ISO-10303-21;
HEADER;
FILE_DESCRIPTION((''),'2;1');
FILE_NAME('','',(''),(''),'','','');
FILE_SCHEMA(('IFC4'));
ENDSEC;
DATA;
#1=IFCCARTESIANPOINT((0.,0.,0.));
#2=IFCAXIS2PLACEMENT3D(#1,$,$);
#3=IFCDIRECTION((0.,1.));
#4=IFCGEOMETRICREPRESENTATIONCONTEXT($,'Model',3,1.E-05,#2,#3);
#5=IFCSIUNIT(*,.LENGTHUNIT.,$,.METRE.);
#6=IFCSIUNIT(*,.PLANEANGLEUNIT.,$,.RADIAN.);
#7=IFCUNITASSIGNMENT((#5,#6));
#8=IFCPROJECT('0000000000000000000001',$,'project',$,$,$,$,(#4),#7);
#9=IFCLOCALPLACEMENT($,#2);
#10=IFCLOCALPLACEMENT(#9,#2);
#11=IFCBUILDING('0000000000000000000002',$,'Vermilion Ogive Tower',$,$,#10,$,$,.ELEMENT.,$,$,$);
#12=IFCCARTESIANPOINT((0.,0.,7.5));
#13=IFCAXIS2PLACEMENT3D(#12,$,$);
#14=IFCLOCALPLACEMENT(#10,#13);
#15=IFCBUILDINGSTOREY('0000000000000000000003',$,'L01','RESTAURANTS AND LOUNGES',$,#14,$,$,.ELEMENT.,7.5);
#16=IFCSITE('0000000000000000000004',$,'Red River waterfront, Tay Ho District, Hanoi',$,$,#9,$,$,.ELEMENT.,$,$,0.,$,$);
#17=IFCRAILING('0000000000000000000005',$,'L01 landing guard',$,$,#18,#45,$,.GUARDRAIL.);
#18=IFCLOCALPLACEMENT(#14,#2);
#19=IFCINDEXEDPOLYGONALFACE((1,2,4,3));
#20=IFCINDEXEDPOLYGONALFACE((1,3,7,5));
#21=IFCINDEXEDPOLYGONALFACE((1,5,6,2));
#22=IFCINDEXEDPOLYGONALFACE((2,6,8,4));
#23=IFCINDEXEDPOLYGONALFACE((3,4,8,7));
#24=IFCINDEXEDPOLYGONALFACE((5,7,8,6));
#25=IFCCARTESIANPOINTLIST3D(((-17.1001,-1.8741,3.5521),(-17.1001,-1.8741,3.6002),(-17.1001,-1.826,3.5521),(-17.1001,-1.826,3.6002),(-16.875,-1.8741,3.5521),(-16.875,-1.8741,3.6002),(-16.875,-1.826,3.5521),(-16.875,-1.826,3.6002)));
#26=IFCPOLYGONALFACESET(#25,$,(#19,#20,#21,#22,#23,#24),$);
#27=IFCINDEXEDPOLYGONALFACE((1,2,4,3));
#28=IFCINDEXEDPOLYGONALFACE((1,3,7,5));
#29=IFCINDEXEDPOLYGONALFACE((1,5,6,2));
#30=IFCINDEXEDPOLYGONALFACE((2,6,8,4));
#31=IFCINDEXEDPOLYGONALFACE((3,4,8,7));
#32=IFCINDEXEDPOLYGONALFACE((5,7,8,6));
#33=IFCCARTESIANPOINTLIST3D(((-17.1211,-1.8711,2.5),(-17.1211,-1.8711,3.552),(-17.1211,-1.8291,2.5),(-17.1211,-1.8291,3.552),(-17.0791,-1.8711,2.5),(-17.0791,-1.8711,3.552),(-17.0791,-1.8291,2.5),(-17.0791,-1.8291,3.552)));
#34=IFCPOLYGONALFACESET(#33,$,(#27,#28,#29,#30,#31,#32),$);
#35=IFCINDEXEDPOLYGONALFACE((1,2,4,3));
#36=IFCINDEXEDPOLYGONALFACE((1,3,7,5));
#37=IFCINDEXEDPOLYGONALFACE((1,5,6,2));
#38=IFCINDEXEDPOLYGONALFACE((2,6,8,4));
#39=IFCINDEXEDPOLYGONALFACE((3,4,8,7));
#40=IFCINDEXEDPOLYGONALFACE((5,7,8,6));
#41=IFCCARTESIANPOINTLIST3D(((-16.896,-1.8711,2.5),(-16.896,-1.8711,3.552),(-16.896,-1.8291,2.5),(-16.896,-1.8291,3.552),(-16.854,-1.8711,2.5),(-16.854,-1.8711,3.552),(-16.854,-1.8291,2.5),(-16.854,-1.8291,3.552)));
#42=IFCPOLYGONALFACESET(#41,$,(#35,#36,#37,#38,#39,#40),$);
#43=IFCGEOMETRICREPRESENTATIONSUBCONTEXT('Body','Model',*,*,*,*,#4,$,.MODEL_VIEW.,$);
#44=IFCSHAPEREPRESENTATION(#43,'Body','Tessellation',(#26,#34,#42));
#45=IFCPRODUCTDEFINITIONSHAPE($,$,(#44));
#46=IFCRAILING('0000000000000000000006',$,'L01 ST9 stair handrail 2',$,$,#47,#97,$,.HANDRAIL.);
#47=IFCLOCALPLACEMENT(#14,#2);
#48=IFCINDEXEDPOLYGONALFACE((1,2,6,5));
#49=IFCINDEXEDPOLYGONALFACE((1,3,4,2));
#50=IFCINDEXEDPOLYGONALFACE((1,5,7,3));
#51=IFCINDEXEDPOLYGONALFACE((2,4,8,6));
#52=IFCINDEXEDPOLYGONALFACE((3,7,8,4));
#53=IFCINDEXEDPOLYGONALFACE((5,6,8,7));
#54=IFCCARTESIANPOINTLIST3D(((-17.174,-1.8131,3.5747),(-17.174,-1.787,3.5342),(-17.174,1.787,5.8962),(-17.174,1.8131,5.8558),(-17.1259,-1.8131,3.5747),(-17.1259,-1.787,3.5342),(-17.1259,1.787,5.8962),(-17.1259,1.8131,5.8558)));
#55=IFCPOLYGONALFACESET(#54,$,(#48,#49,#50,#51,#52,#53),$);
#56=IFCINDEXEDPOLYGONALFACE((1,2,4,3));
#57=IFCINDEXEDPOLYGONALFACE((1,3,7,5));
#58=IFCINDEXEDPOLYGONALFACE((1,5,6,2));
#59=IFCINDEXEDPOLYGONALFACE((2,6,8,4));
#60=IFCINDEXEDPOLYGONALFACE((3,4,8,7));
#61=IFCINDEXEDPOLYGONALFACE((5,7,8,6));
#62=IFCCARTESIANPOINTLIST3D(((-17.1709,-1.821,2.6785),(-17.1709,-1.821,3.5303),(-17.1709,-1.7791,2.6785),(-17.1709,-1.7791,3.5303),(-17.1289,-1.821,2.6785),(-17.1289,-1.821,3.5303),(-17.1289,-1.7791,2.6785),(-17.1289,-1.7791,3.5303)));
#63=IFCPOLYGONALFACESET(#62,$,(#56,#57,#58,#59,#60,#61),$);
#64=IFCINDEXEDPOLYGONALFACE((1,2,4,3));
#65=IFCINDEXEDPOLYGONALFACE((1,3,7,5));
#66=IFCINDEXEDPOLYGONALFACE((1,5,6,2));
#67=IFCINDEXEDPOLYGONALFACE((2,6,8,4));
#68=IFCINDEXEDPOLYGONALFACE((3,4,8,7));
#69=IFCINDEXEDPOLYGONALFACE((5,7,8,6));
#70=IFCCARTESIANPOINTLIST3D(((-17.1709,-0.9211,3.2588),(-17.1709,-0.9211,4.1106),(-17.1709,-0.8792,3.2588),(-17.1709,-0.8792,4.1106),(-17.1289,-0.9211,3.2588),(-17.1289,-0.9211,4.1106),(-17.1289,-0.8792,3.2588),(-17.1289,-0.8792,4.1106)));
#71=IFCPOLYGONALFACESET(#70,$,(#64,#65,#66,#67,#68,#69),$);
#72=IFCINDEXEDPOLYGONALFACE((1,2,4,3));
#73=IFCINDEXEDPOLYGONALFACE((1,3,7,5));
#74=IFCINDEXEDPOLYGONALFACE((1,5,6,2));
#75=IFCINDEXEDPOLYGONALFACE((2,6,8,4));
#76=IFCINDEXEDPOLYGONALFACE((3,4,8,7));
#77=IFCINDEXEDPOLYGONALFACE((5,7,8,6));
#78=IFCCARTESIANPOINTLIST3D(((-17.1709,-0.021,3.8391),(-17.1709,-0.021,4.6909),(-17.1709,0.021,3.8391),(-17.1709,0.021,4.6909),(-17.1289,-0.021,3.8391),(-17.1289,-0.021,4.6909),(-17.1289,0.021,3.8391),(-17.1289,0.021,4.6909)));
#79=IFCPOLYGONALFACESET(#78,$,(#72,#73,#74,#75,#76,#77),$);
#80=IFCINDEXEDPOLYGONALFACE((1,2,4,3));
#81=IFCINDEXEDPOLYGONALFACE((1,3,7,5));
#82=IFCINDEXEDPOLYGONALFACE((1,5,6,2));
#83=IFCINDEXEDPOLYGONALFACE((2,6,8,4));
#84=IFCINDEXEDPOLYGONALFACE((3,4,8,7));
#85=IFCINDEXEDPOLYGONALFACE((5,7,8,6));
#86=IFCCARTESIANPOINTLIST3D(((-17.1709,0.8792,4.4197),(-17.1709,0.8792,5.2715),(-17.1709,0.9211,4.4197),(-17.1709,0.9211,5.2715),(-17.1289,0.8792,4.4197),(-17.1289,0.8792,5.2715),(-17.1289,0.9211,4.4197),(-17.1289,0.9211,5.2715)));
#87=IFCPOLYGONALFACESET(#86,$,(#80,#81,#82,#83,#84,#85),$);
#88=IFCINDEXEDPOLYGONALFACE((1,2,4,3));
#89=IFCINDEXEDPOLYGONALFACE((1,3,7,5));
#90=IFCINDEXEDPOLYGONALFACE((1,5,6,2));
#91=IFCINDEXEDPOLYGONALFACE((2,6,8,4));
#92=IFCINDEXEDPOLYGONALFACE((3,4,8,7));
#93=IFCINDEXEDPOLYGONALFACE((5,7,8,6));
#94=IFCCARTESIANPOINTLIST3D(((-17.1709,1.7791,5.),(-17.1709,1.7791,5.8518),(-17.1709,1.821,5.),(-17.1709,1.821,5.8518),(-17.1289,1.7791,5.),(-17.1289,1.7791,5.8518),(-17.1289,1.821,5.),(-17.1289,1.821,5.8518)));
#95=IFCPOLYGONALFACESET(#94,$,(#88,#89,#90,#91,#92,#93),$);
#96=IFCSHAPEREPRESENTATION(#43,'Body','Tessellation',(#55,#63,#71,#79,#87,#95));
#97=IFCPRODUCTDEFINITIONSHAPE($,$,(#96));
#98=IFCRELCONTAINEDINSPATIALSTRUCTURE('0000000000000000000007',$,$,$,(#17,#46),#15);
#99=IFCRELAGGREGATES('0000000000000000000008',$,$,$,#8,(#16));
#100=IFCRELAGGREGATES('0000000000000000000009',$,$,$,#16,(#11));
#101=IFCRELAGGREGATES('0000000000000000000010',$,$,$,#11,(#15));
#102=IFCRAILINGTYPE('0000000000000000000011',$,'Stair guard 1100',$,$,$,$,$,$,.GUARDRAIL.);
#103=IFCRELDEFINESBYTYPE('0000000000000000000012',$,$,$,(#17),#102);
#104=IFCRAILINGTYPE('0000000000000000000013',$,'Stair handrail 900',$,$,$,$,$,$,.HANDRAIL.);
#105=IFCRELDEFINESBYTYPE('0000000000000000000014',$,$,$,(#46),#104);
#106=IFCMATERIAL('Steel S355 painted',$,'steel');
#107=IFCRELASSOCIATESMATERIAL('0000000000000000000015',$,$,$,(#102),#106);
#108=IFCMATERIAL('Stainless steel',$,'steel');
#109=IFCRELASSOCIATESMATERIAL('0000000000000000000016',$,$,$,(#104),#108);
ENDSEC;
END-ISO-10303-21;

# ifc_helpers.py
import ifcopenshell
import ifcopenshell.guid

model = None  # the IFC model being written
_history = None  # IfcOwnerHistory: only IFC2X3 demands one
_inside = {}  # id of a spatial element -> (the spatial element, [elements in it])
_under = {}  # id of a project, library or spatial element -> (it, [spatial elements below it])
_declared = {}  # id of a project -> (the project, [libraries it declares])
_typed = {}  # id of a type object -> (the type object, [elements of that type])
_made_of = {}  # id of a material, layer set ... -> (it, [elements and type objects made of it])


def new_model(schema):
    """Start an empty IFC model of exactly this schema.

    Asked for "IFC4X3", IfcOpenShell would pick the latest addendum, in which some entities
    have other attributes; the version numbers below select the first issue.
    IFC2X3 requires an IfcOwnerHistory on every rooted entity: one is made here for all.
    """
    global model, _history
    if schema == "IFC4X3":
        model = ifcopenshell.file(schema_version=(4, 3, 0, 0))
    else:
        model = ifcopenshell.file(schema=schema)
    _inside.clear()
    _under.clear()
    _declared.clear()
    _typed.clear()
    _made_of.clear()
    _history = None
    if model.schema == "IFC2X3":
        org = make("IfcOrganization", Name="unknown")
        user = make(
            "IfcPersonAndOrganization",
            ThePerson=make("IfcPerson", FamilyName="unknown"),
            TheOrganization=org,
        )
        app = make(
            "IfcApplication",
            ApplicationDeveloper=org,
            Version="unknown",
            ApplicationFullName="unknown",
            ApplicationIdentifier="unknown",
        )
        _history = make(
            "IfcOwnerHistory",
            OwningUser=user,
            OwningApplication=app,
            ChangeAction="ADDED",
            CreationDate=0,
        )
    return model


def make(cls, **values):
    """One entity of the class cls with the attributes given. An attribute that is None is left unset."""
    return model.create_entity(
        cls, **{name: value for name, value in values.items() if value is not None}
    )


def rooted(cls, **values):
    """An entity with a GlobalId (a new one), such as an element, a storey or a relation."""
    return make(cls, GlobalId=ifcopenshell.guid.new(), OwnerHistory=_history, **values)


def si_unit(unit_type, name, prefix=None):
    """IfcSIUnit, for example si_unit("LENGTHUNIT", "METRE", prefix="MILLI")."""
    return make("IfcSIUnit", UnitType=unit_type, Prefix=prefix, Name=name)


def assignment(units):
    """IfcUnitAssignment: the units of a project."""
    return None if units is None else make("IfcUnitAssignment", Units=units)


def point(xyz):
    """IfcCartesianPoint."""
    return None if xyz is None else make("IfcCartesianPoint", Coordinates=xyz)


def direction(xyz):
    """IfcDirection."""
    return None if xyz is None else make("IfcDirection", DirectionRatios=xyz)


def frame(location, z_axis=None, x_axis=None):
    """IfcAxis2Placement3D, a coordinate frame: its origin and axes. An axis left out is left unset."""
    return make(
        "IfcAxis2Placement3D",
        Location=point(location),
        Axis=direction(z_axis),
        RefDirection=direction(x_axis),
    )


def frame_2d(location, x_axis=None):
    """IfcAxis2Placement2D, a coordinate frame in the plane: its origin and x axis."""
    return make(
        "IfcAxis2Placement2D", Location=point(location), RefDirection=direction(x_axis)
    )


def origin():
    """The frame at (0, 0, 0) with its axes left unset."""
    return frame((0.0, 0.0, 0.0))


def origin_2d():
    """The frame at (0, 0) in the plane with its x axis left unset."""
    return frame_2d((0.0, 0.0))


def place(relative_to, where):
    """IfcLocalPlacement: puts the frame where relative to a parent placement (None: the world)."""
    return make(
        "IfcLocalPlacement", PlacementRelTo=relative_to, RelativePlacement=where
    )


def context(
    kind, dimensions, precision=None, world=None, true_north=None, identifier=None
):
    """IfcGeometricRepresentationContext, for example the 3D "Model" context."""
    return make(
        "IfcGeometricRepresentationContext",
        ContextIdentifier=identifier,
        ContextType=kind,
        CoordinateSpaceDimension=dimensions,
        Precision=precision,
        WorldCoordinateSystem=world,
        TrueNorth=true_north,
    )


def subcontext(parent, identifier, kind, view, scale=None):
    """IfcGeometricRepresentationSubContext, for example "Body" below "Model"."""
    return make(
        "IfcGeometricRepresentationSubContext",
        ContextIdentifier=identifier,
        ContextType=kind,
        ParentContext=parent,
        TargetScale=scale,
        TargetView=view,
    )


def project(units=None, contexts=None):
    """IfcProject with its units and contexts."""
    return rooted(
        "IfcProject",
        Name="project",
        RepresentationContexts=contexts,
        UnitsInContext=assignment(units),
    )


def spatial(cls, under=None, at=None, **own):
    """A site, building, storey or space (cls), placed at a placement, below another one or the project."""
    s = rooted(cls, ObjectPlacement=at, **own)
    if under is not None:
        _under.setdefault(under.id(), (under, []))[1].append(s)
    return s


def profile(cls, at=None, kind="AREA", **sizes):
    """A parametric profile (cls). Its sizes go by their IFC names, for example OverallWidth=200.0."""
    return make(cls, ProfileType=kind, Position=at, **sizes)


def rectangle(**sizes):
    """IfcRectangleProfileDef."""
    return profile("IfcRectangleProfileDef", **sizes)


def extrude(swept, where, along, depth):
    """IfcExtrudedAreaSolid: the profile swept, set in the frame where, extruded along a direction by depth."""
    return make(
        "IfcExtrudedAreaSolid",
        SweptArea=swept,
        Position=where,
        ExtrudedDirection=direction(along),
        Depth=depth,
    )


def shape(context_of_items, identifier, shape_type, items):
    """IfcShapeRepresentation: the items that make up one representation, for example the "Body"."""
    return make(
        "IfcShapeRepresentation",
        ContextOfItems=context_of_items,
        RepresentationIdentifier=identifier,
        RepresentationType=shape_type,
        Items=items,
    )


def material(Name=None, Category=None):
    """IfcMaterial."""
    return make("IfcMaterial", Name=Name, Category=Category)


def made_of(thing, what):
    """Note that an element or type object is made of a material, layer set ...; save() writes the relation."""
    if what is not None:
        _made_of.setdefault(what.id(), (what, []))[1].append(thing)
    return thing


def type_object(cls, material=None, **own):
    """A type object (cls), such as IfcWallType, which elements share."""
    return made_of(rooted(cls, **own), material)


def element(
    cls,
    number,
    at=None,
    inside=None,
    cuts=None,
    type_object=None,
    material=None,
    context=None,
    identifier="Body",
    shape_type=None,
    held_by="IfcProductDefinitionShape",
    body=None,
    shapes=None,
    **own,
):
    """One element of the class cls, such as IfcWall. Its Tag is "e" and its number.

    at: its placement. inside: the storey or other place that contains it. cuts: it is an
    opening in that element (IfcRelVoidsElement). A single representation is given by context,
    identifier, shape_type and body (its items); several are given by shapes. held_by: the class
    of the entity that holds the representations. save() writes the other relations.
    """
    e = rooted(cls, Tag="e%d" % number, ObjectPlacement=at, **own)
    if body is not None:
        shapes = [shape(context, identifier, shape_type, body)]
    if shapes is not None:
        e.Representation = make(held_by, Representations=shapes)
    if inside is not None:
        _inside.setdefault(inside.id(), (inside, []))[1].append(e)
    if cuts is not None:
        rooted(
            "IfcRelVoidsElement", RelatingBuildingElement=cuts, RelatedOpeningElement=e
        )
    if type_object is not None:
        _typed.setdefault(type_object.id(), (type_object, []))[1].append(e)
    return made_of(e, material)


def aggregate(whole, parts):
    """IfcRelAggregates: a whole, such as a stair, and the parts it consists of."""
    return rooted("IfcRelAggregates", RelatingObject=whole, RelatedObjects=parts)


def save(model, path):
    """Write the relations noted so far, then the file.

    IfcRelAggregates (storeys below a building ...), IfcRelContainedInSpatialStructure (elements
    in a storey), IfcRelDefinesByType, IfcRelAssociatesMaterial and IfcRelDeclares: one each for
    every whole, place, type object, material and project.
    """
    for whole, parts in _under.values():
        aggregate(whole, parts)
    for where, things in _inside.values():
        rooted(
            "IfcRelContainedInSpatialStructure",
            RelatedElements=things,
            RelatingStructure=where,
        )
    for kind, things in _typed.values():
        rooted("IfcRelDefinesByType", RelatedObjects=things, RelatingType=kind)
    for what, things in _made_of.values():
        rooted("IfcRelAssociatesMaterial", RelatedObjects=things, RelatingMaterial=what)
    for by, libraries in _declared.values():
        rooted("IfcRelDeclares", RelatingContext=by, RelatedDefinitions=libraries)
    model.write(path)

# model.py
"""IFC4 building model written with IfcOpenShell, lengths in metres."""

from ifc_helpers import new_model, si_unit, direction, frame, origin, origin_2d, place, context, subcontext, project, spatial, rectangle, extrude, material, type_object, element, save


model = new_model("IFC4")

# Units and contexts
model_context = context("Model", 3, precision=1e-05, world=origin(), true_north=direction((0.0, 1.0)))
body_context = subcontext(model_context, "Body", "Model", "MODEL_VIEW")
ifc_project = project(units=[si_unit("LENGTHUNIT", "METRE"), si_unit("PLANEANGLEUNIT", "RADIAN")], contexts=[model_context])

# Site, building, storey
site_placement = place(None, origin())
site = spatial("IfcSite", under=ifc_project, at=site_placement, Name="Red River waterfront, Tay Ho District, Hanoi", CompositionType="ELEMENT", RefElevation=0.0)
building_placement = place(site_placement, origin())
building = spatial("IfcBuilding", under=site, at=building_placement, Name="Vermilion Ogive Tower", CompositionType="ELEMENT")
storey_placement = place(building_placement, frame((0.0, 0.0, 7.5)))
storey = spatial("IfcBuildingStorey", under=building, at=storey_placement, Name="L01", Description="RESTAURANTS AND LOUNGES", CompositionType="ELEMENT", Elevation=7.5)

# Railings
ifc_material_1 = material(Name="Steel S355 painted", Category="steel")
railing_type_1 = type_object("IfcRailingType", Name="Stair guard 1100", PredefinedType="GUARDRAIL", material=ifc_material_1)
railing_1_placement = place(storey_placement, frame((-17.1001, -1.8501, 2.5)))
element("IfcRailing", 1, at=railing_1_placement, inside=storey, type_object=railing_type_1, Name="L01 landing guard", PredefinedType="GUARDRAIL", context=body_context, shape_type="SweptSolid", body=[
    extrude(rectangle(XDim=0.0481, YDim=0.0481, at=origin_2d()), frame((0.0, 0.0, 1.0762), z_axis=(1.0, 0.0, 0.0), x_axis=(0.0, 1.0, 0.0)), (0.0, 0.0, 1.0), 0.2251),
    extrude(rectangle(XDim=0.042, YDim=0.042, at=origin_2d()), origin(), (0.0, 0.0, 1.0), 1.052),
    extrude(rectangle(XDim=0.042, YDim=0.042, at=origin_2d()), frame((0.2251, 0.0, 0.0)), (0.0, 0.0, 1.0), 1.052),
])
ifc_material_2 = material(Name="Stainless steel", Category="steel")
railing_type_2 = type_object("IfcRailingType", Name="Stair handrail 900", PredefinedType="HANDRAIL", material=ifc_material_2)
railing_2_placement = place(storey_placement, frame((-17.1499, -1.8, 2.6785)))
element("IfcRailing", 2, at=railing_2_placement, inside=storey, type_object=railing_type_2, Name="L01 ST9 stair handrail 2", PredefinedType="HANDRAIL", context=body_context, shape_type="SweptSolid", body=[
    extrude(rectangle(XDim=0.0481, YDim=0.0481, at=origin_2d()), frame((0.0, 0.0, 0.876), z_axis=(0.0, 0.840415, 0.541944), x_axis=(-1.0, 0.0, 0.0)), (0.0, 0.0, 1.0), 4.2837),
    extrude(rectangle(XDim=0.042, YDim=0.042, at=origin_2d()), origin(), (0.0, 0.0, 1.0), 0.8518),
    extrude(rectangle(XDim=0.042, YDim=0.042, at=origin_2d()), frame((0.0, 0.8999, 0.5803)), (0.0, 0.0, 1.0), 0.8518),
    extrude(rectangle(XDim=0.042, YDim=0.042, at=origin_2d()), frame((0.0, 1.8, 1.1606)), (0.0, 0.0, 1.0), 0.8518),
    extrude(rectangle(XDim=0.042, YDim=0.042, at=origin_2d()), frame((0.0, 2.7002, 1.7412)), (0.0, 0.0, 1.0), 0.8518),
    extrude(rectangle(XDim=0.042, YDim=0.042, at=origin_2d()), frame((0.0, 3.6001, 2.3215)), (0.0, 0.0, 1.0), 0.8518),
])

save(model, "model.ifc")
